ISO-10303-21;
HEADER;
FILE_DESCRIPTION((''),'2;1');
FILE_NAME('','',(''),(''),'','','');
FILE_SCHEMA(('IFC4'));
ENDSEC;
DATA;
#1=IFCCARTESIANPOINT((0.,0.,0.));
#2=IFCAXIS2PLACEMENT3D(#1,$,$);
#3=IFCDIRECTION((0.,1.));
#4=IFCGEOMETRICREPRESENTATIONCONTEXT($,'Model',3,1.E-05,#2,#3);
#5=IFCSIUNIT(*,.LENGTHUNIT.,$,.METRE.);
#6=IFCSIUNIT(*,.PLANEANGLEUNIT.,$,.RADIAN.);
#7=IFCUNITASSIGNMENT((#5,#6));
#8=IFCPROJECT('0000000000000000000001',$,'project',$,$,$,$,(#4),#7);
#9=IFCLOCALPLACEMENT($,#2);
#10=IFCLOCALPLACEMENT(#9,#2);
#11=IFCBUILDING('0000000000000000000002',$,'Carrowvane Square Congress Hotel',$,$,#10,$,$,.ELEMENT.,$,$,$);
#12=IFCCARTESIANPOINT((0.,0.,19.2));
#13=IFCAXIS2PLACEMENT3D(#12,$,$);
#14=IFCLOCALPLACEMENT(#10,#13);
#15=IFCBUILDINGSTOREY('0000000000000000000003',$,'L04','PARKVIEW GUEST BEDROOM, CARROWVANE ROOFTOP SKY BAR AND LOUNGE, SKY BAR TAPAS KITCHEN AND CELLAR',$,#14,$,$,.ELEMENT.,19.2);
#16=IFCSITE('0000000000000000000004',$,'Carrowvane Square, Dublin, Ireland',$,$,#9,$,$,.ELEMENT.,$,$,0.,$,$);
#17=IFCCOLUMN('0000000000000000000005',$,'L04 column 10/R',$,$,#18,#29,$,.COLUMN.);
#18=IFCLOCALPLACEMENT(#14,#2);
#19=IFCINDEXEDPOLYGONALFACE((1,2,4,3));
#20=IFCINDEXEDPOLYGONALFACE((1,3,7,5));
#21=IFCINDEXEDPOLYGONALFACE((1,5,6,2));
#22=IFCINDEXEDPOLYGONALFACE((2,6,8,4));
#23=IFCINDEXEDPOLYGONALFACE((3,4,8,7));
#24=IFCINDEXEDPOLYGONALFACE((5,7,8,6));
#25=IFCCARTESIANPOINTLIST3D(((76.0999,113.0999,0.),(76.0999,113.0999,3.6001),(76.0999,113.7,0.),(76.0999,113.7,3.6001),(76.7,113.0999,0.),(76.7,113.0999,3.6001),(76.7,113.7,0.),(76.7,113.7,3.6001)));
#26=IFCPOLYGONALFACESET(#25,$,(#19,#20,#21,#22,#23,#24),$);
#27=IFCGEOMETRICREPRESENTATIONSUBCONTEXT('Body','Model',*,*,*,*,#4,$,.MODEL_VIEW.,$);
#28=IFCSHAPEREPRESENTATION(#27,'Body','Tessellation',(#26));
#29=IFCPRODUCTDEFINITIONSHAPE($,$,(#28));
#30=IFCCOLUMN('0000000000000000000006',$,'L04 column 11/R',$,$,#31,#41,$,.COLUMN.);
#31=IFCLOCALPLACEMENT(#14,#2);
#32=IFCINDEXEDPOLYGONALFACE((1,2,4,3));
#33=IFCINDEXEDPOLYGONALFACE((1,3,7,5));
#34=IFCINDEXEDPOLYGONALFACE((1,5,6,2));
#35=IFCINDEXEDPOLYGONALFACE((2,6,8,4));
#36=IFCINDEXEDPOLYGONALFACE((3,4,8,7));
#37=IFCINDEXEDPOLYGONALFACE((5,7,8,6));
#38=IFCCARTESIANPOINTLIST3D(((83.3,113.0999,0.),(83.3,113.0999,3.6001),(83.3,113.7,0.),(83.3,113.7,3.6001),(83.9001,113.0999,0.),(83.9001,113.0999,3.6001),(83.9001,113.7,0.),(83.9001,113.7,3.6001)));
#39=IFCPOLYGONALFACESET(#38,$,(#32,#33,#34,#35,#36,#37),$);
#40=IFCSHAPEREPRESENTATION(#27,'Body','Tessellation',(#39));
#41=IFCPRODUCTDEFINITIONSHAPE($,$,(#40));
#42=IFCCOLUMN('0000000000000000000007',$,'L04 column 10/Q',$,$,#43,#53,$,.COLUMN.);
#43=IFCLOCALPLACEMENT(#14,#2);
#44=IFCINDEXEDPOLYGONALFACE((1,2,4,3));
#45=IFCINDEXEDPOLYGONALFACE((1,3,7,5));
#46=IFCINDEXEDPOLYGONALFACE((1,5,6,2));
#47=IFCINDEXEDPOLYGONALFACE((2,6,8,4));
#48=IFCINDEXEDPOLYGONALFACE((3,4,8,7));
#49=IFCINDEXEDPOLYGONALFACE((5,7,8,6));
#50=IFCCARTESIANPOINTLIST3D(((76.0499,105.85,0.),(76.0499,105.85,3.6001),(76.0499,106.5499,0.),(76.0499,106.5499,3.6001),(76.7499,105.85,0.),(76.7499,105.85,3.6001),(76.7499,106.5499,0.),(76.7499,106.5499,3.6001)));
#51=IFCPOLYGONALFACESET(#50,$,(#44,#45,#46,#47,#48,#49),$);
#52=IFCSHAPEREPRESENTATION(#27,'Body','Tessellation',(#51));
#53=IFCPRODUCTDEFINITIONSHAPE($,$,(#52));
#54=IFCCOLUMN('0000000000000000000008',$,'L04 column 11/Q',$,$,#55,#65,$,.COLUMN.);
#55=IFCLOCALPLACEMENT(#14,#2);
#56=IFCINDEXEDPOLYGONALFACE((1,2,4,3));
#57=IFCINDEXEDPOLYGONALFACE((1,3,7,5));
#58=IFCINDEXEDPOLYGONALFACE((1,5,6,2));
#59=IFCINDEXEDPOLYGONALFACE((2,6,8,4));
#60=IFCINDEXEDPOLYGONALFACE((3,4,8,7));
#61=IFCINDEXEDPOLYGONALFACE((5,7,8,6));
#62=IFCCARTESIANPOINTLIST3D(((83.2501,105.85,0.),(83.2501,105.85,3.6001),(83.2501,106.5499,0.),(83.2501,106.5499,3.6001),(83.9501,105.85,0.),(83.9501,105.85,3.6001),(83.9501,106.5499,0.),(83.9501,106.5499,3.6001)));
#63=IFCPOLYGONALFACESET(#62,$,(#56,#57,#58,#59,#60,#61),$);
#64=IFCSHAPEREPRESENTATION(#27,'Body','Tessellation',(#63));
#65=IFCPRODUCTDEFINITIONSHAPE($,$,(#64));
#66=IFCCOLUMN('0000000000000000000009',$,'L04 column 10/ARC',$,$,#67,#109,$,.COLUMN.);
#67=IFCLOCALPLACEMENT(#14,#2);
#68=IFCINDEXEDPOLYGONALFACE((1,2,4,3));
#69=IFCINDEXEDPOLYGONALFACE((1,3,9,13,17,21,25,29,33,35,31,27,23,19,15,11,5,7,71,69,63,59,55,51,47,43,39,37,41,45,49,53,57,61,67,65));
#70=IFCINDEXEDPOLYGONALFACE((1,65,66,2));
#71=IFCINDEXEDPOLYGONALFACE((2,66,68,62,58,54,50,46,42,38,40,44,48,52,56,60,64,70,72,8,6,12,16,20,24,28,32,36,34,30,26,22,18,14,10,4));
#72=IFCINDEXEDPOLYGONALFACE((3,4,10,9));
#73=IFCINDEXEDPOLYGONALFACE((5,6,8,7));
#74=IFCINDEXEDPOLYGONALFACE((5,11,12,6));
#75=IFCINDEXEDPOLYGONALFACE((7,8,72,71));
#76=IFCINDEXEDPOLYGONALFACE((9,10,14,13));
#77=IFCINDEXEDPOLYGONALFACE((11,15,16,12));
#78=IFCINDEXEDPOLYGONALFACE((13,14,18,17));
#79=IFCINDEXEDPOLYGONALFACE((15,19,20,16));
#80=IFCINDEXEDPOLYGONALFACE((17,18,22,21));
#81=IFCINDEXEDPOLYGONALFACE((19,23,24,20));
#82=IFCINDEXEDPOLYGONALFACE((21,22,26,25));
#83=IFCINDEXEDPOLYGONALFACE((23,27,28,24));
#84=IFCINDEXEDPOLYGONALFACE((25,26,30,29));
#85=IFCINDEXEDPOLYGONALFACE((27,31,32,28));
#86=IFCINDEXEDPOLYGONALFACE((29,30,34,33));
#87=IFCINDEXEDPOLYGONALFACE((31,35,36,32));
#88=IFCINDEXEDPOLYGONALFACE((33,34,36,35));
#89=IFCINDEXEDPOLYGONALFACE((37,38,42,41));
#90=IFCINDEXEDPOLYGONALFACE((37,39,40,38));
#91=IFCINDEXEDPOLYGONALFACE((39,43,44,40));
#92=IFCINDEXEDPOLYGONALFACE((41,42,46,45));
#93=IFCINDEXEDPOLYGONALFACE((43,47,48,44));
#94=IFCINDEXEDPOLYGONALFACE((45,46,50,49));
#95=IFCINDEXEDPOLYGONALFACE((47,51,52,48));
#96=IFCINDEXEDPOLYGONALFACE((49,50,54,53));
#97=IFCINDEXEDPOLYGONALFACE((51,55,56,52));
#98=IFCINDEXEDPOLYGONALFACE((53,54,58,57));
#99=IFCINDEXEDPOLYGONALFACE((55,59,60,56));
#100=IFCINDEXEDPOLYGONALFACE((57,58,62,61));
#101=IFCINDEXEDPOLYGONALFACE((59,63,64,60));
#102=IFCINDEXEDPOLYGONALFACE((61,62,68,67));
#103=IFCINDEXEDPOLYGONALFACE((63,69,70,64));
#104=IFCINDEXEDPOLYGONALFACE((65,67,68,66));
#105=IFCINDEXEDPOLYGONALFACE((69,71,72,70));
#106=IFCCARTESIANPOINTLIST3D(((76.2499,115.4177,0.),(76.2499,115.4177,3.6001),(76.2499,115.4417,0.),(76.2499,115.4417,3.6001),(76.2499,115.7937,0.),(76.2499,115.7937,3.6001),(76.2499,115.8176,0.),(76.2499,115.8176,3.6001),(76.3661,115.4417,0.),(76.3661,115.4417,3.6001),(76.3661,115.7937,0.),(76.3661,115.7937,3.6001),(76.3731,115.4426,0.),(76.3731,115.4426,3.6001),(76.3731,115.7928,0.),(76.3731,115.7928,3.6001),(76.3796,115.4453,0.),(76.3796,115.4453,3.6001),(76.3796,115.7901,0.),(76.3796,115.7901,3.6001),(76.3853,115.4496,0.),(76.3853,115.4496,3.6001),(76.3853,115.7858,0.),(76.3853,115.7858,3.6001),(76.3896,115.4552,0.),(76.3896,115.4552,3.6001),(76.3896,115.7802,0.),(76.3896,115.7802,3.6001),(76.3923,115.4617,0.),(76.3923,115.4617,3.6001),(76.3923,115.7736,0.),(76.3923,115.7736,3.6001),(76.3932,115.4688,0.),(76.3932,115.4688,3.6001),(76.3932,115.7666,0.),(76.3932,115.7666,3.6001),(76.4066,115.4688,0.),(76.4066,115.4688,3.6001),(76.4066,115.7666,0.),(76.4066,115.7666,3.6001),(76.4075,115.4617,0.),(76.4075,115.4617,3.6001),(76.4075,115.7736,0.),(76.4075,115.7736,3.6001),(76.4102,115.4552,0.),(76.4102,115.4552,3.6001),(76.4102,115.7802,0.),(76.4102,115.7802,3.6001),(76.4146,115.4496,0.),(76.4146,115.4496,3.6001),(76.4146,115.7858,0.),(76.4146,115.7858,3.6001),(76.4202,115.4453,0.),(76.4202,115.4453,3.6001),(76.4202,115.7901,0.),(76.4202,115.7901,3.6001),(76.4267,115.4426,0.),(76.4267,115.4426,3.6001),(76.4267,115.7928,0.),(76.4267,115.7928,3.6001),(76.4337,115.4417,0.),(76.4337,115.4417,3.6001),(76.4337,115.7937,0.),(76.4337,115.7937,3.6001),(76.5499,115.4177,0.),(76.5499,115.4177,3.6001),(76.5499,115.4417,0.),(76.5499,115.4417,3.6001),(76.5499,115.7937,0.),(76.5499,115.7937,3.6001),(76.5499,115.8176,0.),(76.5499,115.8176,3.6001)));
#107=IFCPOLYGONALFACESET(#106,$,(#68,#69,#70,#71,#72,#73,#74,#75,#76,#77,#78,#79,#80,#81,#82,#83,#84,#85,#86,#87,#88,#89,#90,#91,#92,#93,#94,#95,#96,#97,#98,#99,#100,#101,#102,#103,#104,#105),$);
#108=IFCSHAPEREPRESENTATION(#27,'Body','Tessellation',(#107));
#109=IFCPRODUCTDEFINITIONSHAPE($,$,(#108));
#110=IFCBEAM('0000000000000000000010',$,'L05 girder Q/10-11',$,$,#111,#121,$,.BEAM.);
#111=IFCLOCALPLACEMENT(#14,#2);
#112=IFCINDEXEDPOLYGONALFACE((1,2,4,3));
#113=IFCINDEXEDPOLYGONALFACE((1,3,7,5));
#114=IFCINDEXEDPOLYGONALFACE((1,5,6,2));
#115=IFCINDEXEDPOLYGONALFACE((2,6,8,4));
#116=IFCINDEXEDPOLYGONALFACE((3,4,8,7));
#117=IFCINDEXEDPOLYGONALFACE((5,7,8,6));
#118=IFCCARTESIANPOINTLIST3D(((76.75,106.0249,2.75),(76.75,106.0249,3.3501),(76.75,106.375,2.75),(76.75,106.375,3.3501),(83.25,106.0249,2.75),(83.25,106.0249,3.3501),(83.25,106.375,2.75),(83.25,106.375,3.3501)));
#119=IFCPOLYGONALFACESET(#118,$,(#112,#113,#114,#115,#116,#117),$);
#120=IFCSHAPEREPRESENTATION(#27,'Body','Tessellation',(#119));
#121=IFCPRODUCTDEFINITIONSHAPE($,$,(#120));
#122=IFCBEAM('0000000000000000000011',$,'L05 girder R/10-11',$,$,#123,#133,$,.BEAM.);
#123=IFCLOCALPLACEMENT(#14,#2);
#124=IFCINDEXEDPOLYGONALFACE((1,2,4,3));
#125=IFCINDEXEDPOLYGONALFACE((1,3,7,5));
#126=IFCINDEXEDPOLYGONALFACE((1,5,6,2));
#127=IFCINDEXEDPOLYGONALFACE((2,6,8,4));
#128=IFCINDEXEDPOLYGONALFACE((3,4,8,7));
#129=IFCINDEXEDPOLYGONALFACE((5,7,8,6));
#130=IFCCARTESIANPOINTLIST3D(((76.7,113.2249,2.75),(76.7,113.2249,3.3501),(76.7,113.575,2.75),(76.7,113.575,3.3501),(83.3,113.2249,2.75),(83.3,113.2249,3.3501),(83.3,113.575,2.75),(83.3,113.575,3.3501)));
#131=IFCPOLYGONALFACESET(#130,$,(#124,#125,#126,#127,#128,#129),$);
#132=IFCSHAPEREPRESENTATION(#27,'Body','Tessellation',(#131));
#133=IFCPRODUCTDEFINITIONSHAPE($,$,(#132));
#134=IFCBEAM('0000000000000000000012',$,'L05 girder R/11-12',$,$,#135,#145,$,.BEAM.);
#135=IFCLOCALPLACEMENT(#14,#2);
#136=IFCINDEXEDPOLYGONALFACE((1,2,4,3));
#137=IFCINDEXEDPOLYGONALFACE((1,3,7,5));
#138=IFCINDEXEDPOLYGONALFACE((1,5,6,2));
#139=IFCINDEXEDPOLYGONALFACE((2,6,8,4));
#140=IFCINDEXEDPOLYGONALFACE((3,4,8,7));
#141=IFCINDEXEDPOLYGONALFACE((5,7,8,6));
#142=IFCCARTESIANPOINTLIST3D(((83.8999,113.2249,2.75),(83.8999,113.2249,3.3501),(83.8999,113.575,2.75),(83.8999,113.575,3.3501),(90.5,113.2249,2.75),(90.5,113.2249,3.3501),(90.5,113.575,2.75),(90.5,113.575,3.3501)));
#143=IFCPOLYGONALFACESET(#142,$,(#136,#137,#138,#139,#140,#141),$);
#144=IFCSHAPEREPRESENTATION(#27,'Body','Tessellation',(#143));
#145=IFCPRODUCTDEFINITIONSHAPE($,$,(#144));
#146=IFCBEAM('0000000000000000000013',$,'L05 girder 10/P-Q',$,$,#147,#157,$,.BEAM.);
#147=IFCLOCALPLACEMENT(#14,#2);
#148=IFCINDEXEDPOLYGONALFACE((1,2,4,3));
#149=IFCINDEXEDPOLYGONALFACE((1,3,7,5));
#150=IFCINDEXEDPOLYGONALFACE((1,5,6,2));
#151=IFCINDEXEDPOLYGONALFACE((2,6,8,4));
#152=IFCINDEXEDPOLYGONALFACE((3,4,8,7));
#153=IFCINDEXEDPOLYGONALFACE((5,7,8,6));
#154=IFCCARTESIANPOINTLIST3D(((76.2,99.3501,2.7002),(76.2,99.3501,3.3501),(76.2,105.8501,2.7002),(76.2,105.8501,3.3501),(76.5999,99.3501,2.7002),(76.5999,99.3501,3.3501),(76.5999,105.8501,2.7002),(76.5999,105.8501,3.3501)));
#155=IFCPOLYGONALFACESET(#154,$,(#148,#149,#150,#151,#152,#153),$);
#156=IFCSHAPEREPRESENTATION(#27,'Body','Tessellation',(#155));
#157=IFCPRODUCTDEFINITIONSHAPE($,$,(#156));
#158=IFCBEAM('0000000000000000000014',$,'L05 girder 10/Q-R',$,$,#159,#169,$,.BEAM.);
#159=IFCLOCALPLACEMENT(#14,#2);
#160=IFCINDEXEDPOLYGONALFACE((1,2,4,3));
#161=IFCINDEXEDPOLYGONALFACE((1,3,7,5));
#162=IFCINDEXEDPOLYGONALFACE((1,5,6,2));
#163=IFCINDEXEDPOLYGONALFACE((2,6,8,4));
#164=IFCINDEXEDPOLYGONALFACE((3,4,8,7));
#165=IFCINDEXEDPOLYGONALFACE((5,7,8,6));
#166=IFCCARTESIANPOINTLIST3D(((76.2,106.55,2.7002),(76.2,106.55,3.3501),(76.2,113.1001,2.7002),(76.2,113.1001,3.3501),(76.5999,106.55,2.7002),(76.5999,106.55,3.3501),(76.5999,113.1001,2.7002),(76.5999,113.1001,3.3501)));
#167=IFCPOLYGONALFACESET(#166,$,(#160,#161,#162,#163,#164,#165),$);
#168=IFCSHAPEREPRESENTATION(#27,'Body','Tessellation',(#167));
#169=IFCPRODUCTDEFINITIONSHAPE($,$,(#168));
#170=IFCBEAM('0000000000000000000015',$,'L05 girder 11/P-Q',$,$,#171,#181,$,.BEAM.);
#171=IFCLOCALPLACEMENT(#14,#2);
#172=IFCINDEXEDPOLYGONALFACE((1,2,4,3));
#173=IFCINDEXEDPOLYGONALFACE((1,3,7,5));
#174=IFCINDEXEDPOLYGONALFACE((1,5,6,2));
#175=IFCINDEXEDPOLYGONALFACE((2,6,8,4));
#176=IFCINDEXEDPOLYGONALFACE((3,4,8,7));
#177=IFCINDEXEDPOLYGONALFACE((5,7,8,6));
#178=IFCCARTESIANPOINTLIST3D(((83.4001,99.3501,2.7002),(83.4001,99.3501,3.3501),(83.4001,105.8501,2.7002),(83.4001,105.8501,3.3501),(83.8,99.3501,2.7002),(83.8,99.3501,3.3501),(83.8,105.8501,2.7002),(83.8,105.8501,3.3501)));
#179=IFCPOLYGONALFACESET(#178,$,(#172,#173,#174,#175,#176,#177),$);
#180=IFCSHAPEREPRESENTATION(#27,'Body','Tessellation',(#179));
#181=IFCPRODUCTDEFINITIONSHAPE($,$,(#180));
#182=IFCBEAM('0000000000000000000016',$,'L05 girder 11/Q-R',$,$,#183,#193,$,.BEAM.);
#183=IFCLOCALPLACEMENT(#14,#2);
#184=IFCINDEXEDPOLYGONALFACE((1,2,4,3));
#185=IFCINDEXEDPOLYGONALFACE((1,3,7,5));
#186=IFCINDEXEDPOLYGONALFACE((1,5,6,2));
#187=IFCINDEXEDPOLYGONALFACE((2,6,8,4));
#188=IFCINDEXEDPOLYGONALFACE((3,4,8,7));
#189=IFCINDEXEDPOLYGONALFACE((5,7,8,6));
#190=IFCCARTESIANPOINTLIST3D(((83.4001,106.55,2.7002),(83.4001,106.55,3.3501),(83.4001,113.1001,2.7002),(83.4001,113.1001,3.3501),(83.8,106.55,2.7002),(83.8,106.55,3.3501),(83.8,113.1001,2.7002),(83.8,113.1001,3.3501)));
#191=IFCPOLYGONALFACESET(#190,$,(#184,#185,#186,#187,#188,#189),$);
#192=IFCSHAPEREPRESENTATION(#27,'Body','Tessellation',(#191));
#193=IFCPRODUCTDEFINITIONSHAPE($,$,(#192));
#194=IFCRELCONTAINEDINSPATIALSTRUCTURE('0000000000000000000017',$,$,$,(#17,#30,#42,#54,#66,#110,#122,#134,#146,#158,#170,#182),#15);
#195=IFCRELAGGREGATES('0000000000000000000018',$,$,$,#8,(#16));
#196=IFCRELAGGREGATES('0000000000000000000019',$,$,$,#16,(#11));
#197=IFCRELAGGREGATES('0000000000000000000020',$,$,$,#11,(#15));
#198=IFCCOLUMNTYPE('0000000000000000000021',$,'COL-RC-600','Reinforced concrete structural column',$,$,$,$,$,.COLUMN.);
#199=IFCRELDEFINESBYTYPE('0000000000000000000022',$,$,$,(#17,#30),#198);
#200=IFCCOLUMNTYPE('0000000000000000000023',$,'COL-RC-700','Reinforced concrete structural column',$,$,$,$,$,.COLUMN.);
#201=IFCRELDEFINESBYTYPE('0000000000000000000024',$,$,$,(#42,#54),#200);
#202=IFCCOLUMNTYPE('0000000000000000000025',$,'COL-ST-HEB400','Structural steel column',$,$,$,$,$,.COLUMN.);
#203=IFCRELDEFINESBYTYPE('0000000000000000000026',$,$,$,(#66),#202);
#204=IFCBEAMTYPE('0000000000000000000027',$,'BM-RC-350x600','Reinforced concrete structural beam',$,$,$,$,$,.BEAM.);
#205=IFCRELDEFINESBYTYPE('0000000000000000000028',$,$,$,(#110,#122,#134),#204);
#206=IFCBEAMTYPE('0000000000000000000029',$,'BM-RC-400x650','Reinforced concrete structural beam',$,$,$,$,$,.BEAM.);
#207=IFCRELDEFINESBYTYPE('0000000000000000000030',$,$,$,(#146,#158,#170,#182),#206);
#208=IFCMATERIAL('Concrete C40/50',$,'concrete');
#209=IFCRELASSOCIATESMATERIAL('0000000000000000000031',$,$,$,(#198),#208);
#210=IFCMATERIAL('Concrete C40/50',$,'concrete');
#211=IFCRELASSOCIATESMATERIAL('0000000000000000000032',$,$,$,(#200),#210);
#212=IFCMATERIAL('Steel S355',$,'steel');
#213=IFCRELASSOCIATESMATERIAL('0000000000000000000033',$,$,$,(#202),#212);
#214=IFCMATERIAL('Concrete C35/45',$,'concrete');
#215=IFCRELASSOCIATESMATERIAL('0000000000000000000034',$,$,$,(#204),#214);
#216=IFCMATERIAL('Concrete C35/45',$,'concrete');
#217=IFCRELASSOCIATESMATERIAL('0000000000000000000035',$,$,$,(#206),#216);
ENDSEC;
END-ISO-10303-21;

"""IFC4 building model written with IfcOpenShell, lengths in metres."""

from ifc_helpers import new_model, si_unit, direction, frame, origin, origin_2d, place, context, subcontext, project, spatial, rectangle, i_section, extrude, material, material_profile, profile_set, type_object, element, save


model = new_model("IFC4")

# Units and contexts
model_context = context("Model", 3, precision=1e-05, world=origin(), true_north=direction((0.0, 1.0)))
body_context = subcontext(model_context, "Body", "Model", "MODEL_VIEW")
ifc_project = project(units=[si_unit("LENGTHUNIT", "METRE"), si_unit("PLANEANGLEUNIT", "RADIAN")], contexts=[model_context])

# Site, building, storey
site_placement = place(None, origin())
site = spatial("IfcSite", under=ifc_project, at=site_placement, Name="Carrowvane Square, Dublin, Ireland", CompositionType="ELEMENT", RefElevation=0.0)
building_placement = place(site_placement, origin())
building = spatial("IfcBuilding", under=site, at=building_placement, Name="Carrowvane Square Congress Hotel", CompositionType="ELEMENT")
storey_placement = place(building_placement, frame((0.0, 0.0, 19.2)))
storey = spatial("IfcBuildingStorey", under=building, at=storey_placement, Name="L04", Description="PARKVIEW GUEST BEDROOM, CARROWVANE ROOFTOP SKY BAR AND LOUNGE, SKY BAR TAPAS KITCHEN AND CELLAR", CompositionType="ELEMENT", Elevation=19.2)

# Columns
ifc_material_1 = material(Name="Concrete C40/50", Category="concrete")
ifc_material_profile_1 = material_profile(ifc_material_1, rectangle(XDim=0.6001, YDim=0.6001, at=origin_2d()), Name="RC 600x600")
ifc_profile_set_1 = profile_set([ifc_material_profile_1], Name="Concrete C40/50")
column_type_1 = type_object("IfcColumnType", Name="COL-RC-600", Description="Reinforced concrete structural column", PredefinedType="COLUMN", material=ifc_profile_set_1)
for number, where, z_axis, x_axis, name in (
    (1, (76.3999, 113.3999, 0.0), (0.0, 0.0, 1.0), (1.0, 0.0, 0.0), "L04 column 10/R"),
    (2, (83.6001, 113.3999, 0.0), (0.0, 0.0, 1.0), (1.0, 0.0, 0.0), "L04 column 11/R"),
):
    element("IfcColumn", number, at=place(storey_placement, frame(where, z_axis=z_axis, x_axis=x_axis)), inside=storey, type_object=column_type_1, Name=name, PredefinedType="COLUMN", context=body_context, shape_type="SweptSolid", body=[
        extrude(rectangle(XDim=0.6001, YDim=0.6001, at=origin_2d()), origin(), (0.0, 0.0, 1.0), 3.6001),
    ])
ifc_material_2 = material(Name="Concrete C40/50", Category="concrete")
ifc_material_profile_2 = material_profile(ifc_material_2, rectangle(XDim=0.7, YDim=0.7, at=origin_2d()), Name="RC 700x700")
ifc_profile_set_2 = profile_set([ifc_material_profile_2], Name="Concrete C40/50")
column_type_2 = type_object("IfcColumnType", Name="COL-RC-700", Description="Reinforced concrete structural column", PredefinedType="COLUMN", material=ifc_profile_set_2)
for number, where, z_axis, x_axis, name in (
    (3, (76.3999, 106.2, 0.0), (0.0, 0.0, 1.0), (1.0, 0.0, 0.0), "L04 column 10/Q"),
    (4, (83.6001, 106.2, 0.0), (0.0, 0.0, 1.0), (1.0, 0.0, 0.0), "L04 column 11/Q"),
):
    element("IfcColumn", number, at=place(storey_placement, frame(where, z_axis=z_axis, x_axis=x_axis)), inside=storey, type_object=column_type_2, Name=name, PredefinedType="COLUMN", context=body_context, shape_type="SweptSolid", body=[
        extrude(rectangle(XDim=0.7, YDim=0.7, at=origin_2d()), origin(), (0.0, 0.0, 1.0), 3.6001),
    ])
ifc_material_3 = material(Name="Steel S355", Category="steel")
ifc_material_profile_3 = material_profile(ifc_material_3, i_section(OverallWidth=0.3, OverallDepth=0.3999, WebThickness=0.0134, FlangeThickness=0.0239, FilletRadius=0.0271, at=origin_2d()), Name="HEB 400")
ifc_profile_set_3 = profile_set([ifc_material_profile_3], Name="Steel S355")
column_type_3 = type_object("IfcColumnType", Name="COL-ST-HEB400", Description="Structural steel column", PredefinedType="COLUMN", material=ifc_profile_set_3)
column_placement = place(storey_placement, frame((76.3999, 115.6177, 0.0), z_axis=(0.0, 0.0, 1.0), x_axis=(1.0, 0.0, 0.0)))
element("IfcColumn", 5, at=column_placement, inside=storey, type_object=column_type_3, Name="L04 column 10/ARC", PredefinedType="COLUMN", context=body_context, shape_type="SweptSolid", body=[
    extrude(i_section(OverallWidth=0.3, OverallDepth=0.3999, WebThickness=0.0134, FlangeThickness=0.0239, FilletRadius=0.0271, at=origin_2d()), origin(), (0.0, 0.0, 1.0), 3.6001),
])

# Beams
ifc_material_4 = material(Name="Concrete C35/45", Category="concrete")
ifc_material_profile_4 = material_profile(ifc_material_4, rectangle(XDim=0.3501, YDim=0.6001, at=origin_2d()), Name="RC 350x600")
ifc_profile_set_4 = profile_set([ifc_material_profile_4], Name="Concrete C35/45")
beam_type_1 = type_object("IfcBeamType", Name="BM-RC-350x600", Description="Reinforced concrete structural beam", PredefinedType="BEAM", material=ifc_profile_set_4)
beam_1_placement = place(storey_placement, frame((76.75, 106.2, 3.05), z_axis=(1.0, 0.0, 0.0), x_axis=(0.0, 1.0, 0.0)))
element("IfcBeam", 6, at=beam_1_placement, inside=storey, type_object=beam_type_1, Name="L05 girder Q/10-11", PredefinedType="BEAM", context=body_context, shape_type="SweptSolid", body=[
    extrude(rectangle(XDim=0.3501, YDim=0.6001, at=origin_2d()), origin(), (0.0, 0.0, 1.0), 6.5),
])
for number, where, z_axis, x_axis, name in (
    (7, (76.7, 113.3999, 3.05), (1.0, 0.0, 0.0), (0.0, 1.0, 0.0), "L05 girder R/10-11"),
    (8, (83.8999, 113.3999, 3.05), (1.0, 0.0, 0.0), (0.0, 1.0, 0.0), "L05 girder R/11-12"),
):
    element("IfcBeam", number, at=place(storey_placement, frame(where, z_axis=z_axis, x_axis=x_axis)), inside=storey, type_object=beam_type_1, Name=name, PredefinedType="BEAM", context=body_context, shape_type="SweptSolid", body=[
        extrude(rectangle(XDim=0.3501, YDim=0.6001, at=origin_2d()), origin(), (0.0, 0.0, 1.0), 6.6001),
    ])
ifc_material_5 = material(Name="Concrete C35/45", Category="concrete")
ifc_material_profile_5 = material_profile(ifc_material_5, rectangle(XDim=0.3999, YDim=0.6499, at=origin_2d()), Name="RC 400x650")
ifc_profile_set_5 = profile_set([ifc_material_profile_5], Name="Concrete C35/45")
beam_type_2 = type_object("IfcBeamType", Name="BM-RC-400x650", Description="Reinforced concrete structural beam", PredefinedType="BEAM", material=ifc_profile_set_5)
beam_2_placement = place(storey_placement, frame((76.3999, 99.3501, 3.0251), z_axis=(0.0, 1.0, 0.0), x_axis=(-1.0, 0.0, 0.0)))
element("IfcBeam", 9, at=beam_2_placement, inside=storey, type_object=beam_type_2, Name="L05 girder 10/P-Q", PredefinedType="BEAM", context=body_context, shape_type="SweptSolid", body=[
    extrude(rectangle(XDim=0.3999, YDim=0.6499, at=origin_2d()), origin(), (0.0, 0.0, 1.0), 6.5),
])
beam_3_placement = place(storey_placement, frame((76.3999, 106.55, 3.0251), z_axis=(0.0, 1.0, 0.0), x_axis=(-1.0, 0.0, 0.0)))
element("IfcBeam", 10, at=beam_3_placement, inside=storey, type_object=beam_type_2, Name="L05 girder 10/Q-R", PredefinedType="BEAM", context=body_context, shape_type="SweptSolid", body=[
    extrude(rectangle(XDim=0.3999, YDim=0.6499, at=origin_2d()), origin(), (0.0, 0.0, 1.0), 6.55),
])
beam_4_placement = place(storey_placement, frame((83.6001, 99.3501, 3.0251), z_axis=(0.0, 1.0, 0.0), x_axis=(-1.0, 0.0, 0.0)))
element("IfcBeam", 11, at=beam_4_placement, inside=storey, type_object=beam_type_2, Name="L05 girder 11/P-Q", PredefinedType="BEAM", context=body_context, shape_type="SweptSolid", body=[
    extrude(rectangle(XDim=0.3999, YDim=0.6499, at=origin_2d()), origin(), (0.0, 0.0, 1.0), 6.5),
])
beam_5_placement = place(storey_placement, frame((83.6001, 106.55, 3.0251), z_axis=(0.0, 1.0, 0.0), x_axis=(-1.0, 0.0, 0.0)))
element("IfcBeam", 12, at=beam_5_placement, inside=storey, type_object=beam_type_2, Name="L05 girder 11/Q-R", PredefinedType="BEAM", context=body_context, shape_type="SweptSolid", body=[
    extrude(rectangle(XDim=0.3999, YDim=0.6499, at=origin_2d()), origin(), (0.0, 0.0, 1.0), 6.55),
])

save(model, "model.ifc")
